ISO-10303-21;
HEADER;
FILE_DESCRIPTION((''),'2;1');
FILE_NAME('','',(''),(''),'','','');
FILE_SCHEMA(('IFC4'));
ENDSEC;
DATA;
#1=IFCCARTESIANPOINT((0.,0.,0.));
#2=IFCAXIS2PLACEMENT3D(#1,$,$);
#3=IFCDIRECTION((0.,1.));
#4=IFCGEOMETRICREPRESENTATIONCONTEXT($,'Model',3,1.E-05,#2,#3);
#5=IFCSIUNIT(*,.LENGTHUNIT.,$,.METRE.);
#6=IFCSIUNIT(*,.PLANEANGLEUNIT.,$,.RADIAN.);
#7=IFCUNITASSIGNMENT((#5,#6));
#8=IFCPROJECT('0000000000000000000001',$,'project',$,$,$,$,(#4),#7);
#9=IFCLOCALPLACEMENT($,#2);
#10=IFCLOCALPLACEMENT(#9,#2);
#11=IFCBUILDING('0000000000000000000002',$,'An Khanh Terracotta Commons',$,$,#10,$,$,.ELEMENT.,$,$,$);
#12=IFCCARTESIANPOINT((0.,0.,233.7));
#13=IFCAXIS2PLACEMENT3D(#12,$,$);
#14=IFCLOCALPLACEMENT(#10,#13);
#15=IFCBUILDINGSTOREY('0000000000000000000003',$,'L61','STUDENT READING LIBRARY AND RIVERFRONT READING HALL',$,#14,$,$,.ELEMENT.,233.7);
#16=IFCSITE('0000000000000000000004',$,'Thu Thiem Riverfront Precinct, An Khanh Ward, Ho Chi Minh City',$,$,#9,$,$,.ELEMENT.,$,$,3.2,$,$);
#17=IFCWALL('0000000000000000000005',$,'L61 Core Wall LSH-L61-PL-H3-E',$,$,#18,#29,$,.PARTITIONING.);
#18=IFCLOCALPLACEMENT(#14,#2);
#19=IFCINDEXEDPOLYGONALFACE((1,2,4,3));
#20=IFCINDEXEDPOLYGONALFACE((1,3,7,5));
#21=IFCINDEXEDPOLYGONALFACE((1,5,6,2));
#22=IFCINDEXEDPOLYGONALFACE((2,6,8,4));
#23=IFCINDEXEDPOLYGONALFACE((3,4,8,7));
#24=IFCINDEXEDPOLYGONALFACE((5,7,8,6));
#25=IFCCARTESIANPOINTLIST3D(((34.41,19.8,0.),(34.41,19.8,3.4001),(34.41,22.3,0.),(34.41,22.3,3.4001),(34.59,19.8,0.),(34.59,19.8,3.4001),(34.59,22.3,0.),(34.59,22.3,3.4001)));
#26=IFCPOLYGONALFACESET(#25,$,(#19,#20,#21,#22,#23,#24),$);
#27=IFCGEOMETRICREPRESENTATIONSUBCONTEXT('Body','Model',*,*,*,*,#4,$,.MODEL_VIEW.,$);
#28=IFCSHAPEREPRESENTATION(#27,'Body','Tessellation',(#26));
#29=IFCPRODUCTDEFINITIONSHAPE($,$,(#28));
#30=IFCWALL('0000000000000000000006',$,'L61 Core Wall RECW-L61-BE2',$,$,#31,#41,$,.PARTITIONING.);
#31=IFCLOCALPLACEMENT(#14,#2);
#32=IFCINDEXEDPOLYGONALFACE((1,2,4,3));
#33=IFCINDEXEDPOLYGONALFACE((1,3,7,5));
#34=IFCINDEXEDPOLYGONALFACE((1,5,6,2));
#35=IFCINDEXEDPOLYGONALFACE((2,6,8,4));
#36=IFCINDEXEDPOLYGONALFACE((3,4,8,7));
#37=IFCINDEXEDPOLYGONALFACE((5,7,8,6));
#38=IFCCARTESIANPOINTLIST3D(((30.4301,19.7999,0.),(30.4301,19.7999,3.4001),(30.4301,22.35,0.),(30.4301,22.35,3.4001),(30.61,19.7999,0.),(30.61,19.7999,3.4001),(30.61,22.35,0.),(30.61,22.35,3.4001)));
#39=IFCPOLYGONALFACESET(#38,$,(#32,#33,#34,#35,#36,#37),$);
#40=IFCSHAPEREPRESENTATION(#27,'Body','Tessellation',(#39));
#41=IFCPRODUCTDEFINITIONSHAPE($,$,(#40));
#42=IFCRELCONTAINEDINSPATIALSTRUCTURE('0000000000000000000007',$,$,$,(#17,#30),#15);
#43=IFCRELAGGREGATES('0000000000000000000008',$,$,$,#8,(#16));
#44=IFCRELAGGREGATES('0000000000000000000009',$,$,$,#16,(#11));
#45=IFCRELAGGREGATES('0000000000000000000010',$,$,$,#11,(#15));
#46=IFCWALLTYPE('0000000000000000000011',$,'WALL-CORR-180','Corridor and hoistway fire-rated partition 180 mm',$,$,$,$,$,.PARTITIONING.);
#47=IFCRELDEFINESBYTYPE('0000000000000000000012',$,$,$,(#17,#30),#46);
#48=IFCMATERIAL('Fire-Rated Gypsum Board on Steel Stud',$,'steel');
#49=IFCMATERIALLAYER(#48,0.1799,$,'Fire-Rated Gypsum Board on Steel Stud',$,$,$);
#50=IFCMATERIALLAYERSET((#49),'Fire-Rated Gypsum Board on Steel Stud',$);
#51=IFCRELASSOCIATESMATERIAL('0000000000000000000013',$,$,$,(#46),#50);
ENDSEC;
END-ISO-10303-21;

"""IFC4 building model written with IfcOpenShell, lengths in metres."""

from ifc_helpers import new_model, si_unit, direction, frame, frame_2d, origin, place, context, subcontext, project, spatial, rectangle, extrude, material, layer, layer_set, type_object, element, save


model = new_model("IFC4")

# Units and contexts
model_context = context("Model", 3, precision=1e-05, world=origin(), true_north=direction((0.0, 1.0)))
body_context = subcontext(model_context, "Body", "Model", "MODEL_VIEW")
ifc_project = project(units=[si_unit("LENGTHUNIT", "METRE"), si_unit("PLANEANGLEUNIT", "RADIAN")], contexts=[model_context])

# Site, building, storey
site_placement = place(None, origin())
site = spatial("IfcSite", under=ifc_project, at=site_placement, Name="Thu Thiem Riverfront Precinct, An Khanh Ward, Ho Chi Minh City", CompositionType="ELEMENT", RefElevation=3.2)
building_placement = place(site_placement, origin())
building = spatial("IfcBuilding", under=site, at=building_placement, Name="An Khanh Terracotta Commons", CompositionType="ELEMENT")
storey_placement = place(building_placement, frame((0.0, 0.0, 233.7)))
storey = spatial("IfcBuildingStorey", under=building, at=storey_placement, Name="L61", Description="STUDENT READING LIBRARY AND RIVERFRONT READING HALL", CompositionType="ELEMENT", Elevation=233.7)

# Shared definitions
ifc_material_1 = material(Name="Fire-Rated Gypsum Board on Steel Stud", Category="steel")
ifc_layer_1 = layer(ifc_material_1, 0.1799, Name="Fire-Rated Gypsum Board on Steel Stud")
ifc_layer_set_1 = layer_set([ifc_layer_1], Name="Fire-Rated Gypsum Board on Steel Stud")
wall_type_1 = type_object("IfcWallType", Name="WALL-CORR-180", Description="Corridor and hoistway fire-rated partition 180 mm", PredefinedType="PARTITIONING", material=ifc_layer_set_1)

# Walls
for number, where, z_axis, x_axis, name in (
    (1, (34.5, 19.8, 0.0), (0.0, 0.0, 1.0), (0.0, 1.0, 0.0), "L61 Core Wall LSH-L61-PL-H3-E"),
):
    element("IfcWall", number, at=place(storey_placement, frame(where, z_axis=z_axis, x_axis=x_axis)), inside=storey, type_object=wall_type_1, Name=name, PredefinedType="PARTITIONING", context=body_context, shape_type="SweptSolid", body=[
        extrude(rectangle(XDim=2.5, YDim=0.1799, at=frame_2d((1.25, 0.0))), origin(), (0.0, 0.0, 1.0), 3.4001),
    ])
wall_1_placement = place(storey_placement, frame((30.52, 19.8, 0.0), z_axis=(0.0, 0.0, 1.0), x_axis=(0.0, 1.0, 0.0)))
element("IfcWall", 2, at=wall_1_placement, inside=storey, type_object=wall_type_1, Name="L61 Core Wall RECW-L61-BE2", PredefinedType="PARTITIONING", context=body_context, shape_type="SweptSolid", body=[
    extrude(rectangle(XDim=2.55, YDim=0.1799, at=frame_2d((1.2749, 0.0))), origin(), (0.0, 0.0, 1.0), 3.4001),
])

save(model, "model.ifc")
